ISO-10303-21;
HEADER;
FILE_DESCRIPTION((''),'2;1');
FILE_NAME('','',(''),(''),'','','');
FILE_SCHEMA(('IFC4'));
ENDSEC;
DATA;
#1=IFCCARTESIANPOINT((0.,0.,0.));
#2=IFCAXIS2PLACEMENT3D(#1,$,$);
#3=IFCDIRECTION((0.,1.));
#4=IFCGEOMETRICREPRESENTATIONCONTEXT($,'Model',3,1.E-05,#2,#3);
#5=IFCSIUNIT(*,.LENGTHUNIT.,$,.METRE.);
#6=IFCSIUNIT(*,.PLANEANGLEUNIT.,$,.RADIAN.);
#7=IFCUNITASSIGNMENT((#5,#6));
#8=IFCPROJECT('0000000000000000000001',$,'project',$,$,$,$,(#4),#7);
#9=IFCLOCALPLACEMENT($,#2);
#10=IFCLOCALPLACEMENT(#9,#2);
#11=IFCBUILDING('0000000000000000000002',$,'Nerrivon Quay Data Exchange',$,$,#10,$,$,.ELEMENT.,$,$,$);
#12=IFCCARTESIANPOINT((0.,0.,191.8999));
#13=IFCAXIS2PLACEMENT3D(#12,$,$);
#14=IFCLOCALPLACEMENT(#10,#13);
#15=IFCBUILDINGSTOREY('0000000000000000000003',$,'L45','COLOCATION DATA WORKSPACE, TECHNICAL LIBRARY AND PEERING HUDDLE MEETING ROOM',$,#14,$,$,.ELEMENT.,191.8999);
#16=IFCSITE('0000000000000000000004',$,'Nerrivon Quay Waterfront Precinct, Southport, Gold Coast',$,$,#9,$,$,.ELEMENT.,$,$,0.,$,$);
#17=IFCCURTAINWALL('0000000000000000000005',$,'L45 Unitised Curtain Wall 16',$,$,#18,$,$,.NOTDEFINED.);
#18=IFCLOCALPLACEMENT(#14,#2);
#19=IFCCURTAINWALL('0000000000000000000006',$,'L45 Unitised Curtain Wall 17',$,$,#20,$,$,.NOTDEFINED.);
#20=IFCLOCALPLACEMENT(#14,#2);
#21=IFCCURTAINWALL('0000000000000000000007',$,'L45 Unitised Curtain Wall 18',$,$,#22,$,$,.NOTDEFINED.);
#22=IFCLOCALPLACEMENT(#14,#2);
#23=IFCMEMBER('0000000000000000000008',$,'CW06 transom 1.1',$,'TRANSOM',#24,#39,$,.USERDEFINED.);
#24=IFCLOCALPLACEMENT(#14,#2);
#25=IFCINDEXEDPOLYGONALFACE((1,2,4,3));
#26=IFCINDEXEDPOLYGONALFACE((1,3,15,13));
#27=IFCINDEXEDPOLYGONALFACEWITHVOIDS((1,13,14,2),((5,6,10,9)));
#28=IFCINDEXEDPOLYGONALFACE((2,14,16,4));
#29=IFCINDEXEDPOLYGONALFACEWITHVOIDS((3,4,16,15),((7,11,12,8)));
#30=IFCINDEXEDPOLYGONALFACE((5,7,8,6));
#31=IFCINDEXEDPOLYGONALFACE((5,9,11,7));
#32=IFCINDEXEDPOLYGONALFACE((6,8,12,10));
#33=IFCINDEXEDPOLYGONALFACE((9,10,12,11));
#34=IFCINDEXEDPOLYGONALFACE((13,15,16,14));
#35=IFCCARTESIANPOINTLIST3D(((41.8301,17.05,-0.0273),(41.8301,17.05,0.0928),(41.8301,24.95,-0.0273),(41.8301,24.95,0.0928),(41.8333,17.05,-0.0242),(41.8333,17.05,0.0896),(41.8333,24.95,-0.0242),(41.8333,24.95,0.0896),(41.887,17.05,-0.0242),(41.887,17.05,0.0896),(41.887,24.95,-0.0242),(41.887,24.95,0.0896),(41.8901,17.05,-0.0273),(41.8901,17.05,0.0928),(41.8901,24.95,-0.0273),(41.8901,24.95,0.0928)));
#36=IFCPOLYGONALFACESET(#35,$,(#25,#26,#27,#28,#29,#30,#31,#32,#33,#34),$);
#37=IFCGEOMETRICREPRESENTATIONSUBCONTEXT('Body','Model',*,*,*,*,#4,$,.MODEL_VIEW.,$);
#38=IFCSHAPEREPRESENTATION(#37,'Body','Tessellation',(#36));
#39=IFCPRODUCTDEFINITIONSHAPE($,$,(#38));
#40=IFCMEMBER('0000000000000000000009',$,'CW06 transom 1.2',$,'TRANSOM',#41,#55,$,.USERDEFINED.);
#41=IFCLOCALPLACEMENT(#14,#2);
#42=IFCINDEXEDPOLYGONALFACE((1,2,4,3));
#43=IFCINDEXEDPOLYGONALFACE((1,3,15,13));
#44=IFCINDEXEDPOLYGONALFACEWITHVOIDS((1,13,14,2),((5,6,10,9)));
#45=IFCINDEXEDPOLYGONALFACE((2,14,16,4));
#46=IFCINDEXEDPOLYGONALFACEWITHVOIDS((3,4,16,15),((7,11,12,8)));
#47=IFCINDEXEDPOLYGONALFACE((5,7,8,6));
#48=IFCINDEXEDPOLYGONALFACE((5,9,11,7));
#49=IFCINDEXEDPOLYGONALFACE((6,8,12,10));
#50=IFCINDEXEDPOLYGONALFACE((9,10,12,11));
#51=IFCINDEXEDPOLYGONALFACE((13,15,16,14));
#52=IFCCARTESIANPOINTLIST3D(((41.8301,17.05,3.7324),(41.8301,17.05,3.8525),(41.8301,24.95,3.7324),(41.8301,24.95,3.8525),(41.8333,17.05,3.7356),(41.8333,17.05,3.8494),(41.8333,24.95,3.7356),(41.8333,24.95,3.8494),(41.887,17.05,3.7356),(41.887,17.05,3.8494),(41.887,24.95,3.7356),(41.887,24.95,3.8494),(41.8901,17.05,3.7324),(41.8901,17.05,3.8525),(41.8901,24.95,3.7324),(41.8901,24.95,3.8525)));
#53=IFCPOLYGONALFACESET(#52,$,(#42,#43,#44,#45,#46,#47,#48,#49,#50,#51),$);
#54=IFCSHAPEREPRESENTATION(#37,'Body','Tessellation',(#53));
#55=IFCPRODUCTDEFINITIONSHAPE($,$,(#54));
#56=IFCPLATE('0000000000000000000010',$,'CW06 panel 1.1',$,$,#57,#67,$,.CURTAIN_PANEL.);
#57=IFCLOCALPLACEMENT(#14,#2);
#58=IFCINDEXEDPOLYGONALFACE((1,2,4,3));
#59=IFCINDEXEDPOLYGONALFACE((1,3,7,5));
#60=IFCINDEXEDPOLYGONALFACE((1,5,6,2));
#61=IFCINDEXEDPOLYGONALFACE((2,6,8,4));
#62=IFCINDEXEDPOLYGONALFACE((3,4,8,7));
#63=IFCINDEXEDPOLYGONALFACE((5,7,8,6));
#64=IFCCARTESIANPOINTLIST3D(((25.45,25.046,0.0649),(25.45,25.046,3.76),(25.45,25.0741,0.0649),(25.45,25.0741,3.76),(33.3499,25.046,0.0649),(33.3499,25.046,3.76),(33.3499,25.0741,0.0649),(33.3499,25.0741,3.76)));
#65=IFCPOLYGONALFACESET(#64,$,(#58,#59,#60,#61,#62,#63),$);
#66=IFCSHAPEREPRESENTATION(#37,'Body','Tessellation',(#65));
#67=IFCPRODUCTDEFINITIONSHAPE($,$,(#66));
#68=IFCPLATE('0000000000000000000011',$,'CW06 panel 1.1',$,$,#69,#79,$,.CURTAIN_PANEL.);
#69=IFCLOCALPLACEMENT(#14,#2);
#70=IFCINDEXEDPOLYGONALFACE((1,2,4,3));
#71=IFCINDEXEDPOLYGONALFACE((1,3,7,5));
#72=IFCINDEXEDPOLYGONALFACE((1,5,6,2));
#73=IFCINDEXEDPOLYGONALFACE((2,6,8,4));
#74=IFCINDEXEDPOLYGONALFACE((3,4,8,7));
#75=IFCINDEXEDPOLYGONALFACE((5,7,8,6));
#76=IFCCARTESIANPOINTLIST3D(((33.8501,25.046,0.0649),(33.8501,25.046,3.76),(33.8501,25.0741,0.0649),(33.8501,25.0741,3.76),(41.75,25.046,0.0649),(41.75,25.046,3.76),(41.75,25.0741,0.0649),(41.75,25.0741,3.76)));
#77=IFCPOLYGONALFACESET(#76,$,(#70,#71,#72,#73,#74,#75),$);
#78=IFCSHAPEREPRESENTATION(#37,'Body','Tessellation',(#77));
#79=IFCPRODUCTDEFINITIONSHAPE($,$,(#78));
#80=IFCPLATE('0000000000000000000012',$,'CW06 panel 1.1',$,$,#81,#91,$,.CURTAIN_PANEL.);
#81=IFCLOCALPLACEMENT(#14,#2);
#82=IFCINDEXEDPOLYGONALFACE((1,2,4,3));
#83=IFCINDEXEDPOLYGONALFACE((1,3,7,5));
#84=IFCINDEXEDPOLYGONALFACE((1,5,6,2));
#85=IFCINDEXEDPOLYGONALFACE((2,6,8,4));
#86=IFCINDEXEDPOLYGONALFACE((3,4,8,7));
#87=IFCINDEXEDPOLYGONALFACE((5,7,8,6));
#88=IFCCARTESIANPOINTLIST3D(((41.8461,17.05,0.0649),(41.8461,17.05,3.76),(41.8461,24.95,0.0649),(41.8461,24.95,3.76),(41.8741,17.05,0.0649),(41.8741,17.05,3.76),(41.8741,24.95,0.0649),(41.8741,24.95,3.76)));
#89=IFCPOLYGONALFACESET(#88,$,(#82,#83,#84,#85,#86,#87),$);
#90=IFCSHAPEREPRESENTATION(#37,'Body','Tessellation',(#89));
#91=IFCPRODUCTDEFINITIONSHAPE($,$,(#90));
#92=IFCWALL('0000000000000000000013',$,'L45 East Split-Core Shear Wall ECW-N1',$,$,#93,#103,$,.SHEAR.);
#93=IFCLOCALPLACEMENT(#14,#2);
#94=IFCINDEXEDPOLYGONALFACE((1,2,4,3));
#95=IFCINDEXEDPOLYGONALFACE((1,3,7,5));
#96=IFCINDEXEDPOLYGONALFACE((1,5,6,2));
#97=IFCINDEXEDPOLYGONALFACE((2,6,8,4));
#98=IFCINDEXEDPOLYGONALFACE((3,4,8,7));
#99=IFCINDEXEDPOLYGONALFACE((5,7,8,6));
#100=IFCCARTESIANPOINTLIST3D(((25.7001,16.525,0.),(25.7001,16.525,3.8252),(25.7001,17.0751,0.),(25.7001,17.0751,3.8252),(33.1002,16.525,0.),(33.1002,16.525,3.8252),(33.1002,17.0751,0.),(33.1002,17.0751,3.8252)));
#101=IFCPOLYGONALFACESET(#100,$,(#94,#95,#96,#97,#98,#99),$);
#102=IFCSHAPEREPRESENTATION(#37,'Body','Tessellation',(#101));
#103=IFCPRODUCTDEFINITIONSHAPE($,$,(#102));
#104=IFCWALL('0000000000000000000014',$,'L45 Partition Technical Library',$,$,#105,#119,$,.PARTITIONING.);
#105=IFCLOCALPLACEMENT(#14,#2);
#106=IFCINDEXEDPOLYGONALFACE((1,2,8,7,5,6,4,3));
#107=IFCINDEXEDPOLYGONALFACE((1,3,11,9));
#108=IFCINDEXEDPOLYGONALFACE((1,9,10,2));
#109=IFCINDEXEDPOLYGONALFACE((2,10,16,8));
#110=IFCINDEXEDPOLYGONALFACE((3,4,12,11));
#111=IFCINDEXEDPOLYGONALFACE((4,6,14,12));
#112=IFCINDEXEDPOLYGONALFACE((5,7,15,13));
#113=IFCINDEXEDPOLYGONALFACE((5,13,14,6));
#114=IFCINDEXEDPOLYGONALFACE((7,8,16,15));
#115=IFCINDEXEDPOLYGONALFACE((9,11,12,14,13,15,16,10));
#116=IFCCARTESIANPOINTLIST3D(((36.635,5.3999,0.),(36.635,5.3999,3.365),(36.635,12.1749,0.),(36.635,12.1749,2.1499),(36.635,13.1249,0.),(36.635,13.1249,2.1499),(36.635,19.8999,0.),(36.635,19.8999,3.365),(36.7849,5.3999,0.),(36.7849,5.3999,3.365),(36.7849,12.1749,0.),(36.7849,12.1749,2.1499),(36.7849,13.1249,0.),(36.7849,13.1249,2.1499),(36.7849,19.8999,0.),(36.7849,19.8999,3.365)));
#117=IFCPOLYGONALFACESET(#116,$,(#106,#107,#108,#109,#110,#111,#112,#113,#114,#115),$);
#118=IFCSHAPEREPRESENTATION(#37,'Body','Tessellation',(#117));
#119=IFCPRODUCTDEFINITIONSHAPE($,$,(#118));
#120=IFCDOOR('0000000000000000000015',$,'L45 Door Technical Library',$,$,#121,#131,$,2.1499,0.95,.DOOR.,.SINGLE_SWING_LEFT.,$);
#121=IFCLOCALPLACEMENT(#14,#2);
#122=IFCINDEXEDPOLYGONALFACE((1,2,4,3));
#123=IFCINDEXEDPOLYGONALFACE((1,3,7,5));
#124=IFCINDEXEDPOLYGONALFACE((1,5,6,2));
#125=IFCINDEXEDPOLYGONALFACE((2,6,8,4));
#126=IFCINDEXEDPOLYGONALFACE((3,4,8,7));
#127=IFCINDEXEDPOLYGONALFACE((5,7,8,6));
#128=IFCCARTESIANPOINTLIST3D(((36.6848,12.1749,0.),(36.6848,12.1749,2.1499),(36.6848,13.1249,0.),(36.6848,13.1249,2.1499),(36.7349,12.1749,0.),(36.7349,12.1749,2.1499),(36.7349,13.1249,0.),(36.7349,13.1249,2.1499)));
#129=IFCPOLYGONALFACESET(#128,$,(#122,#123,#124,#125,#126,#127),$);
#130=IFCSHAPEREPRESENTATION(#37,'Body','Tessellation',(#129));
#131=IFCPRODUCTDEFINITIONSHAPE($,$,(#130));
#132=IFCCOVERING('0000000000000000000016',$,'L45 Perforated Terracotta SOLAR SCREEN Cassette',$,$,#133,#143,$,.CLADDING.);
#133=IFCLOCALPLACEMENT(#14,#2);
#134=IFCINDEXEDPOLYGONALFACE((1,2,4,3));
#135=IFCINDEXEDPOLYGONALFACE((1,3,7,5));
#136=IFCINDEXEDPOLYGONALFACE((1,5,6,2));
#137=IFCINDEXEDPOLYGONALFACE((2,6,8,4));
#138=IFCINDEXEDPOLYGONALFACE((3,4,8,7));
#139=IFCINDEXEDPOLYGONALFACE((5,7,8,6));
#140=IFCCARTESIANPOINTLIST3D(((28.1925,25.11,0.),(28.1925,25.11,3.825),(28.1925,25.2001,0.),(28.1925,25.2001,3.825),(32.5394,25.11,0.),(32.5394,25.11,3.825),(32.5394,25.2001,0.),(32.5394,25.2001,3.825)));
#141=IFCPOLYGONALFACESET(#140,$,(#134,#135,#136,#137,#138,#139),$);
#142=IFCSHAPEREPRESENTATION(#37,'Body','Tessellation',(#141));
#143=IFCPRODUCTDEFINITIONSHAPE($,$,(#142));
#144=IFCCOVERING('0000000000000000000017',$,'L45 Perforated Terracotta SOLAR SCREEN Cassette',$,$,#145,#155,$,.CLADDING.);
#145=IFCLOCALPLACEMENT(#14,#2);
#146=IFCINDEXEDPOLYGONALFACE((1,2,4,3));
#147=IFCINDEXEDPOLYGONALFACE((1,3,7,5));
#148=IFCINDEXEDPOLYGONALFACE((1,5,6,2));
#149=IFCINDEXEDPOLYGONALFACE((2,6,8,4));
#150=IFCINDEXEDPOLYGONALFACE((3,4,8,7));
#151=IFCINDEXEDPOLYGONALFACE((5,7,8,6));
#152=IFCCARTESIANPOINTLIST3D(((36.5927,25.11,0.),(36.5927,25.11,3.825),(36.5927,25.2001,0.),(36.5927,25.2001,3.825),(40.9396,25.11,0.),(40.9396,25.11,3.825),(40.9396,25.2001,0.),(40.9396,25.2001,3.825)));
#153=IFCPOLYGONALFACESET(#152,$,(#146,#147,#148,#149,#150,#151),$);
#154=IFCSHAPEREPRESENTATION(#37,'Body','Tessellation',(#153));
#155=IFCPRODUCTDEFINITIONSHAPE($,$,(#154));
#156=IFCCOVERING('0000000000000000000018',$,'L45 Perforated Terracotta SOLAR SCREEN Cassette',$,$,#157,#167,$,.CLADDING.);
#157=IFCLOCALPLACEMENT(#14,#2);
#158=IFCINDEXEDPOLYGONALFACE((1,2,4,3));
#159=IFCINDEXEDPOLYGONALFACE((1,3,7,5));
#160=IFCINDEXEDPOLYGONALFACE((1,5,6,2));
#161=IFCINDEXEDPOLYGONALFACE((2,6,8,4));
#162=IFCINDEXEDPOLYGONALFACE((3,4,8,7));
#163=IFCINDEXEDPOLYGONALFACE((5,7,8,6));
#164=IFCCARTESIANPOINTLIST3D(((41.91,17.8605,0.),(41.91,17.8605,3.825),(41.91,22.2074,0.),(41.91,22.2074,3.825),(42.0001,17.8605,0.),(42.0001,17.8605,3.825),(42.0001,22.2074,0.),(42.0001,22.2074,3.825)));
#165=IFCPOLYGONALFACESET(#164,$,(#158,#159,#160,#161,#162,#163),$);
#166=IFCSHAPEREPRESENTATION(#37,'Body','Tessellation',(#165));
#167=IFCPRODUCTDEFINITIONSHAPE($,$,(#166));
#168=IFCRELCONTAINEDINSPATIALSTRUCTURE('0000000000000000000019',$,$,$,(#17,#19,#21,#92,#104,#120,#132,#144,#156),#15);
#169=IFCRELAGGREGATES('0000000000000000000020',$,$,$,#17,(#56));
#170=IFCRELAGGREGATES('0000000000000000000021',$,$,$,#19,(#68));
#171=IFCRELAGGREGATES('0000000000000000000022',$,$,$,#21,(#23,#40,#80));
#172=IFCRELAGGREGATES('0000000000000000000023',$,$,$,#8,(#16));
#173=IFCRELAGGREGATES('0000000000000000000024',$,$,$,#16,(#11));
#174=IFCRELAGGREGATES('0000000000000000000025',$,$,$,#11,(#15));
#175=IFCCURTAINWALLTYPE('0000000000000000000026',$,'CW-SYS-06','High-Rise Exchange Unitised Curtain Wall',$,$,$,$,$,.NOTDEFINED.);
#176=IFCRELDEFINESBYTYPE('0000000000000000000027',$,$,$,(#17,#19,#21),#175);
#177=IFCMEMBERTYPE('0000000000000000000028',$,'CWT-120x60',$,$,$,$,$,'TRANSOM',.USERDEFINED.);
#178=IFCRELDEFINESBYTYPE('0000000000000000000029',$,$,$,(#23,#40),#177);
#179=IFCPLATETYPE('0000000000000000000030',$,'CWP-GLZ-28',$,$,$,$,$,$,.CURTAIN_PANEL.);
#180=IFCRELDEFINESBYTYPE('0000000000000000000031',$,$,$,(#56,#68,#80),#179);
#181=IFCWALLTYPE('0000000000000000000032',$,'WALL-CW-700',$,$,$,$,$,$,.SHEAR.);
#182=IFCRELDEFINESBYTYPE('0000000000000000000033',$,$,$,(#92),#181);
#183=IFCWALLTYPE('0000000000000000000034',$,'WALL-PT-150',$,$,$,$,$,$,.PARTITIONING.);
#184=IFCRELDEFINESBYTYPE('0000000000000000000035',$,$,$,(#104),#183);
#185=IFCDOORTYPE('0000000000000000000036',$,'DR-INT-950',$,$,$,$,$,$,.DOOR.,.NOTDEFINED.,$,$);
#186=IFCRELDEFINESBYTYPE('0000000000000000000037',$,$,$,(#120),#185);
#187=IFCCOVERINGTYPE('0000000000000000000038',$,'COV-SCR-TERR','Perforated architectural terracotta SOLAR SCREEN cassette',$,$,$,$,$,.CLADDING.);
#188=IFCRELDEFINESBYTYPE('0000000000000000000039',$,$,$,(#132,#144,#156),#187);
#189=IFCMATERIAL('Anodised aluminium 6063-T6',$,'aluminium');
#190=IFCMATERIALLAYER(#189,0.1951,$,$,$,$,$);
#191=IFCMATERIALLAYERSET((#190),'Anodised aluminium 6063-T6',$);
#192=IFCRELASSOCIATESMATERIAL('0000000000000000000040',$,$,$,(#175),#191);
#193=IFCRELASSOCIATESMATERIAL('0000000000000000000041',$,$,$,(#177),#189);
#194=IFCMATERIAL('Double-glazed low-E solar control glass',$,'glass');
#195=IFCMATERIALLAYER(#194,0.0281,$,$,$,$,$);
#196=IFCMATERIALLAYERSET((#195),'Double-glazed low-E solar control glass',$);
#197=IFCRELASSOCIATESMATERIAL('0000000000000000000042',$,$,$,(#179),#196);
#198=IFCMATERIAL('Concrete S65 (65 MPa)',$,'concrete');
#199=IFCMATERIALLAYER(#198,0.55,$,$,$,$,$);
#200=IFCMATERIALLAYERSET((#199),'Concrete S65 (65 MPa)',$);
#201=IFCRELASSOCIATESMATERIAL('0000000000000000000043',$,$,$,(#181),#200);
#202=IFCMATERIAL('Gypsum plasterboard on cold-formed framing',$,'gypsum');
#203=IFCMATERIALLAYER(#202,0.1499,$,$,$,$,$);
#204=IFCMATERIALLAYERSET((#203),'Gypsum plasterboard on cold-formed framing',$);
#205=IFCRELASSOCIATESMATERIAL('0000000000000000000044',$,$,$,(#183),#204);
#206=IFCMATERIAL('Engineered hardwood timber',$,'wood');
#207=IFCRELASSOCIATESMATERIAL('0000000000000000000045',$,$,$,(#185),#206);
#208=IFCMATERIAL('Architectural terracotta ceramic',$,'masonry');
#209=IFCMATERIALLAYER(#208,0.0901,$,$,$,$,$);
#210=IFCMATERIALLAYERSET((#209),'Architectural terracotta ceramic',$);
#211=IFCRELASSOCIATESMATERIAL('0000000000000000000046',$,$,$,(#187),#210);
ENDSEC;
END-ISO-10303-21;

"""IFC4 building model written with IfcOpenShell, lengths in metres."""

from ifc_helpers import new_model, si_unit, direction, frame, frame_2d, origin, origin_2d, place, context, subcontext, project, spatial, rectangle, hollow_rectangle, extrude, material, layer, layer_set, material_profile, profile_set, type_object, element, fill, aggregate, save


model = new_model("IFC4")

# Units and contexts
model_context = context("Model", 3, precision=1e-05, world=origin(), true_north=direction((0.0, 1.0)))
body_context = subcontext(model_context, "Body", "Model", "MODEL_VIEW")
ifc_project = project(units=[si_unit("LENGTHUNIT", "METRE"), si_unit("PLANEANGLEUNIT", "RADIAN")], contexts=[model_context])

# Site, building, storey
site_placement = place(None, origin())
site = spatial("IfcSite", under=ifc_project, at=site_placement, Name="Nerrivon Quay Waterfront Precinct, Southport, Gold Coast", CompositionType="ELEMENT", RefElevation=0.0)
building_placement = place(site_placement, origin())
building = spatial("IfcBuilding", under=site, at=building_placement, Name="Nerrivon Quay Data Exchange", CompositionType="ELEMENT")
storey_placement = place(building_placement, frame((0.0, 0.0, 191.8999)))
storey = spatial("IfcBuildingStorey", under=building, at=storey_placement, Name="L45", Description="COLOCATION DATA WORKSPACE, TECHNICAL LIBRARY AND PEERING HUDDLE MEETING ROOM", CompositionType="ELEMENT", Elevation=191.8999)

# Shared definitions
ifc_material_1 = material(Name="Concrete S65 (65 MPa)", Category="concrete")

# Curtain wall
ifc_material_2 = material(Name="Anodised aluminium 6063-T6", Category="aluminium")
ifc_layer_1 = layer(ifc_material_2, 0.1951)
ifc_layer_set_1 = layer_set([ifc_layer_1], Name="Anodised aluminium 6063-T6")
curtain_wall_type = type_object("IfcCurtainWallType", Name="CW-SYS-06", Description="High-Rise Exchange Unitised Curtain Wall", PredefinedType="NOTDEFINED", material=ifc_layer_set_1)
curtain_wall_1_placement = place(storey_placement, origin())
curtain_wall_1 = element("IfcCurtainWall", 1, at=curtain_wall_1_placement, inside=storey, type_object=curtain_wall_type, Name="L45 Unitised Curtain Wall 16", PredefinedType="NOTDEFINED")

# Curtain walls
curtain_wall_2_placement = place(storey_placement, origin())
curtain_wall_2 = element("IfcCurtainWall", 2, at=curtain_wall_2_placement, inside=storey, type_object=curtain_wall_type, Name="L45 Unitised Curtain Wall 17", PredefinedType="NOTDEFINED")
curtain_wall_3_placement = place(storey_placement, origin())
curtain_wall_3 = element("IfcCurtainWall", 3, at=curtain_wall_3_placement, inside=storey, type_object=curtain_wall_type, Name="L45 Unitised Curtain Wall 18", PredefinedType="NOTDEFINED")

# Members
ifc_material_profile_1 = material_profile(ifc_material_2, hollow_rectangle(XDim=0.0601, YDim=0.1201, WallThickness=0.0032, at=origin_2d()), Name="ALU-TRAN-120x60")
ifc_profile_set_1 = profile_set([ifc_material_profile_1], Name="Anodised aluminium 6063-T6")
member_type_1 = type_object("IfcMemberType", Name="CWT-120x60", ElementType="TRANSOM", PredefinedType="USERDEFINED", material=ifc_profile_set_1)
member_1_placement = place(storey_placement, frame((41.8601, 24.95, 0.0327), z_axis=(0.0, -1.0, 0.0), x_axis=(1.0, 0.0, 0.0)))
member_1 = element("IfcMember", 4, at=member_1_placement, type_object=member_type_1, Name="CW06 transom 1.1", ObjectType="TRANSOM", PredefinedType="USERDEFINED", context=body_context, shape_type="SweptSolid", body=[
    extrude(hollow_rectangle(XDim=0.0601, YDim=0.1201, WallThickness=0.0032, at=origin_2d()), origin(), (0.0, 0.0, 1.0), 7.8999),
])
member_2_placement = place(storey_placement, frame((41.8601, 24.95, 3.7925), z_axis=(0.0, -1.0, 0.0), x_axis=(1.0, 0.0, 0.0)))
member_2 = element("IfcMember", 5, at=member_2_placement, type_object=member_type_1, Name="CW06 transom 1.2", ObjectType="TRANSOM", PredefinedType="USERDEFINED", context=body_context, shape_type="SweptSolid", body=[
    extrude(hollow_rectangle(XDim=0.0601, YDim=0.1201, WallThickness=0.0032, at=origin_2d()), origin(), (0.0, 0.0, 1.0), 7.8999),
])

# Plates
ifc_material_3 = material(Name="Double-glazed low-E solar control glass", Category="glass")
ifc_layer_2 = layer(ifc_material_3, 0.0281)
ifc_layer_set_2 = layer_set([ifc_layer_2], Name="Double-glazed low-E solar control glass")
plate_type = type_object("IfcPlateType", Name="CWP-GLZ-28", PredefinedType="CURTAIN_PANEL", material=ifc_layer_set_2)
plate_1_placement = place(storey_placement, frame((29.3999, 25.0601, 0.0649), z_axis=(0.0, 0.0, 1.0), x_axis=(1.0, 0.0, 0.0)))
plate_1 = element("IfcPlate", 6, at=plate_1_placement, type_object=plate_type, Name="CW06 panel 1.1", PredefinedType="CURTAIN_PANEL", context=body_context, shape_type="SweptSolid", body=[
    extrude(rectangle(XDim=7.8999, YDim=0.0281, at=origin_2d()), origin(), (0.0, 0.0, 1.0), 3.6951),
])
aggregate(curtain_wall_1, [plate_1])
plate_2_placement = place(storey_placement, frame((37.8, 25.0601, 0.0649), z_axis=(0.0, 0.0, 1.0), x_axis=(1.0, 0.0, 0.0)))
plate_2 = element("IfcPlate", 7, at=plate_2_placement, type_object=plate_type, Name="CW06 panel 1.1", PredefinedType="CURTAIN_PANEL", context=body_context, shape_type="SweptSolid", body=[
    extrude(rectangle(XDim=7.8999, YDim=0.0281, at=origin_2d()), origin(), (0.0, 0.0, 1.0), 3.6951),
])
aggregate(curtain_wall_2, [plate_2])
plate_3_placement = place(storey_placement, frame((41.8601, 21.0, 0.0649), z_axis=(0.0, 0.0, 1.0), x_axis=(0.0, -1.0, 0.0)))
plate_3 = element("IfcPlate", 8, at=plate_3_placement, type_object=plate_type, Name="CW06 panel 1.1", PredefinedType="CURTAIN_PANEL", context=body_context, shape_type="SweptSolid", body=[
    extrude(rectangle(XDim=7.8999, YDim=0.0281, at=origin_2d()), origin(), (0.0, 0.0, 1.0), 3.6951),
])
aggregate(curtain_wall_3, [member_1, member_2, plate_3])

# Wall
ifc_layer_3 = layer(ifc_material_1, 0.55)
ifc_layer_set_3 = layer_set([ifc_layer_3], Name="Concrete S65 (65 MPa)")
wall_type_1 = type_object("IfcWallType", Name="WALL-CW-700", PredefinedType="SHEAR", material=ifc_layer_set_3)
wall_1_placement = place(storey_placement, frame((25.7, 16.8, 0.0), z_axis=(0.0, 0.0, 1.0), x_axis=(1.0, 0.0, 0.0)))
element("IfcWall", 9, at=wall_1_placement, inside=storey, type_object=wall_type_1, Name="L45 East Split-Core Shear Wall ECW-N1", PredefinedType="SHEAR", context=body_context, shape_type="SweptSolid", body=[
    extrude(rectangle(XDim=7.4001, YDim=0.55, at=frame_2d((3.7002, 0.0))), origin(), (0.0, 0.0, 1.0), 3.8252),
])

# Wall, opening, door
ifc_material_4 = material(Name="Gypsum plasterboard on cold-formed framing", Category="gypsum")
ifc_layer_4 = layer(ifc_material_4, 0.1499)
ifc_layer_set_4 = layer_set([ifc_layer_4], Name="Gypsum plasterboard on cold-formed framing")
wall_type_2 = type_object("IfcWallType", Name="WALL-PT-150", PredefinedType="PARTITIONING", material=ifc_layer_set_4)
wall_2_placement = place(storey_placement, frame((36.71, 19.8999, 0.0), z_axis=(0.0, 0.0, 1.0), x_axis=(0.0, -1.0, 0.0)))
wall_2 = element("IfcWall", 10, at=wall_2_placement, inside=storey, type_object=wall_type_2, Name="L45 Partition Technical Library", PredefinedType="PARTITIONING", context=body_context, shape_type="SweptSolid", body=[
    extrude(rectangle(XDim=14.5, YDim=0.1499, at=frame_2d((7.25, 0.0))), origin(), (0.0, 0.0, 1.0), 3.365),
])
opening_placement = place(wall_2_placement, frame((6.7749, 0.0, 0.0)))
opening = element("IfcOpeningElement", 11, at=opening_placement, cuts=wall_2, PredefinedType="OPENING", context=body_context, shape_type="SweptSolid", body=[
    extrude(rectangle(XDim=0.95, YDim=2.1499, at=frame_2d((0.4751, 1.075))), frame((0.0, 0.085, 0.0), z_axis=(0.0, -1.0, 0.0), x_axis=(1.0, 0.0, 0.0)), (0.0, 0.0, 1.0), 0.1699),
])
ifc_material_5 = material(Name="Engineered hardwood timber", Category="wood")
door_type = type_object("IfcDoorType", Name="DR-INT-950", OperationType="NOTDEFINED", PredefinedType="DOOR", material=ifc_material_5)
door_placement = place(opening_placement, origin())
door = element("IfcDoor", 12, at=door_placement, inside=storey, type_object=door_type, Name="L45 Door Technical Library", OperationType="SINGLE_SWING_LEFT", OverallHeight=2.1499, OverallWidth=0.95, PredefinedType="DOOR", context=body_context, shape_type="SweptSolid", body=[
    extrude(rectangle(XDim=0.95, YDim=2.1499, at=frame_2d((0.4751, 1.075))), frame((0.0, 0.0249, 0.0), z_axis=(0.0, -1.0, 0.0), x_axis=(1.0, 0.0, 0.0)), (0.0, 0.0, 1.0), 0.05),
])
fill(opening, door)

# Coverings
ifc_material_6 = material(Name="Architectural terracotta ceramic", Category="masonry")
ifc_layer_5 = layer(ifc_material_6, 0.0901)
ifc_layer_set_5 = layer_set([ifc_layer_5], Name="Architectural terracotta ceramic")
covering_type = type_object("IfcCoveringType", Name="COV-SCR-TERR", Description="Perforated architectural terracotta SOLAR SCREEN cassette", PredefinedType="CLADDING", material=ifc_layer_set_5)
for number, where, z_axis, x_axis, name in (
    (13, (30.366, 25.155, 0.0), (0.0, 0.0, 1.0), (1.0, 0.0, 0.0), "L45 Perforated Terracotta SOLAR SCREEN Cassette"),
    (14, (38.7661, 25.155, 0.0), (0.0, 0.0, 1.0), (1.0, 0.0, 0.0), "L45 Perforated Terracotta SOLAR SCREEN Cassette"),
    (15, (41.9551, 20.0339, 0.0), (0.0, 0.0, 1.0), (0.0, -1.0, 0.0), "L45 Perforated Terracotta SOLAR SCREEN Cassette"),
):
    element("IfcCovering", number, at=place(storey_placement, frame(where, z_axis=z_axis, x_axis=x_axis)), inside=storey, type_object=covering_type, Name=name, PredefinedType="CLADDING", context=body_context, shape_type="SweptSolid", body=[
        extrude(rectangle(XDim=4.3469, YDim=0.0901, at=origin_2d()), origin(), (0.0, 0.0, 1.0), 3.825),
    ])

save(model, "model.ifc")
